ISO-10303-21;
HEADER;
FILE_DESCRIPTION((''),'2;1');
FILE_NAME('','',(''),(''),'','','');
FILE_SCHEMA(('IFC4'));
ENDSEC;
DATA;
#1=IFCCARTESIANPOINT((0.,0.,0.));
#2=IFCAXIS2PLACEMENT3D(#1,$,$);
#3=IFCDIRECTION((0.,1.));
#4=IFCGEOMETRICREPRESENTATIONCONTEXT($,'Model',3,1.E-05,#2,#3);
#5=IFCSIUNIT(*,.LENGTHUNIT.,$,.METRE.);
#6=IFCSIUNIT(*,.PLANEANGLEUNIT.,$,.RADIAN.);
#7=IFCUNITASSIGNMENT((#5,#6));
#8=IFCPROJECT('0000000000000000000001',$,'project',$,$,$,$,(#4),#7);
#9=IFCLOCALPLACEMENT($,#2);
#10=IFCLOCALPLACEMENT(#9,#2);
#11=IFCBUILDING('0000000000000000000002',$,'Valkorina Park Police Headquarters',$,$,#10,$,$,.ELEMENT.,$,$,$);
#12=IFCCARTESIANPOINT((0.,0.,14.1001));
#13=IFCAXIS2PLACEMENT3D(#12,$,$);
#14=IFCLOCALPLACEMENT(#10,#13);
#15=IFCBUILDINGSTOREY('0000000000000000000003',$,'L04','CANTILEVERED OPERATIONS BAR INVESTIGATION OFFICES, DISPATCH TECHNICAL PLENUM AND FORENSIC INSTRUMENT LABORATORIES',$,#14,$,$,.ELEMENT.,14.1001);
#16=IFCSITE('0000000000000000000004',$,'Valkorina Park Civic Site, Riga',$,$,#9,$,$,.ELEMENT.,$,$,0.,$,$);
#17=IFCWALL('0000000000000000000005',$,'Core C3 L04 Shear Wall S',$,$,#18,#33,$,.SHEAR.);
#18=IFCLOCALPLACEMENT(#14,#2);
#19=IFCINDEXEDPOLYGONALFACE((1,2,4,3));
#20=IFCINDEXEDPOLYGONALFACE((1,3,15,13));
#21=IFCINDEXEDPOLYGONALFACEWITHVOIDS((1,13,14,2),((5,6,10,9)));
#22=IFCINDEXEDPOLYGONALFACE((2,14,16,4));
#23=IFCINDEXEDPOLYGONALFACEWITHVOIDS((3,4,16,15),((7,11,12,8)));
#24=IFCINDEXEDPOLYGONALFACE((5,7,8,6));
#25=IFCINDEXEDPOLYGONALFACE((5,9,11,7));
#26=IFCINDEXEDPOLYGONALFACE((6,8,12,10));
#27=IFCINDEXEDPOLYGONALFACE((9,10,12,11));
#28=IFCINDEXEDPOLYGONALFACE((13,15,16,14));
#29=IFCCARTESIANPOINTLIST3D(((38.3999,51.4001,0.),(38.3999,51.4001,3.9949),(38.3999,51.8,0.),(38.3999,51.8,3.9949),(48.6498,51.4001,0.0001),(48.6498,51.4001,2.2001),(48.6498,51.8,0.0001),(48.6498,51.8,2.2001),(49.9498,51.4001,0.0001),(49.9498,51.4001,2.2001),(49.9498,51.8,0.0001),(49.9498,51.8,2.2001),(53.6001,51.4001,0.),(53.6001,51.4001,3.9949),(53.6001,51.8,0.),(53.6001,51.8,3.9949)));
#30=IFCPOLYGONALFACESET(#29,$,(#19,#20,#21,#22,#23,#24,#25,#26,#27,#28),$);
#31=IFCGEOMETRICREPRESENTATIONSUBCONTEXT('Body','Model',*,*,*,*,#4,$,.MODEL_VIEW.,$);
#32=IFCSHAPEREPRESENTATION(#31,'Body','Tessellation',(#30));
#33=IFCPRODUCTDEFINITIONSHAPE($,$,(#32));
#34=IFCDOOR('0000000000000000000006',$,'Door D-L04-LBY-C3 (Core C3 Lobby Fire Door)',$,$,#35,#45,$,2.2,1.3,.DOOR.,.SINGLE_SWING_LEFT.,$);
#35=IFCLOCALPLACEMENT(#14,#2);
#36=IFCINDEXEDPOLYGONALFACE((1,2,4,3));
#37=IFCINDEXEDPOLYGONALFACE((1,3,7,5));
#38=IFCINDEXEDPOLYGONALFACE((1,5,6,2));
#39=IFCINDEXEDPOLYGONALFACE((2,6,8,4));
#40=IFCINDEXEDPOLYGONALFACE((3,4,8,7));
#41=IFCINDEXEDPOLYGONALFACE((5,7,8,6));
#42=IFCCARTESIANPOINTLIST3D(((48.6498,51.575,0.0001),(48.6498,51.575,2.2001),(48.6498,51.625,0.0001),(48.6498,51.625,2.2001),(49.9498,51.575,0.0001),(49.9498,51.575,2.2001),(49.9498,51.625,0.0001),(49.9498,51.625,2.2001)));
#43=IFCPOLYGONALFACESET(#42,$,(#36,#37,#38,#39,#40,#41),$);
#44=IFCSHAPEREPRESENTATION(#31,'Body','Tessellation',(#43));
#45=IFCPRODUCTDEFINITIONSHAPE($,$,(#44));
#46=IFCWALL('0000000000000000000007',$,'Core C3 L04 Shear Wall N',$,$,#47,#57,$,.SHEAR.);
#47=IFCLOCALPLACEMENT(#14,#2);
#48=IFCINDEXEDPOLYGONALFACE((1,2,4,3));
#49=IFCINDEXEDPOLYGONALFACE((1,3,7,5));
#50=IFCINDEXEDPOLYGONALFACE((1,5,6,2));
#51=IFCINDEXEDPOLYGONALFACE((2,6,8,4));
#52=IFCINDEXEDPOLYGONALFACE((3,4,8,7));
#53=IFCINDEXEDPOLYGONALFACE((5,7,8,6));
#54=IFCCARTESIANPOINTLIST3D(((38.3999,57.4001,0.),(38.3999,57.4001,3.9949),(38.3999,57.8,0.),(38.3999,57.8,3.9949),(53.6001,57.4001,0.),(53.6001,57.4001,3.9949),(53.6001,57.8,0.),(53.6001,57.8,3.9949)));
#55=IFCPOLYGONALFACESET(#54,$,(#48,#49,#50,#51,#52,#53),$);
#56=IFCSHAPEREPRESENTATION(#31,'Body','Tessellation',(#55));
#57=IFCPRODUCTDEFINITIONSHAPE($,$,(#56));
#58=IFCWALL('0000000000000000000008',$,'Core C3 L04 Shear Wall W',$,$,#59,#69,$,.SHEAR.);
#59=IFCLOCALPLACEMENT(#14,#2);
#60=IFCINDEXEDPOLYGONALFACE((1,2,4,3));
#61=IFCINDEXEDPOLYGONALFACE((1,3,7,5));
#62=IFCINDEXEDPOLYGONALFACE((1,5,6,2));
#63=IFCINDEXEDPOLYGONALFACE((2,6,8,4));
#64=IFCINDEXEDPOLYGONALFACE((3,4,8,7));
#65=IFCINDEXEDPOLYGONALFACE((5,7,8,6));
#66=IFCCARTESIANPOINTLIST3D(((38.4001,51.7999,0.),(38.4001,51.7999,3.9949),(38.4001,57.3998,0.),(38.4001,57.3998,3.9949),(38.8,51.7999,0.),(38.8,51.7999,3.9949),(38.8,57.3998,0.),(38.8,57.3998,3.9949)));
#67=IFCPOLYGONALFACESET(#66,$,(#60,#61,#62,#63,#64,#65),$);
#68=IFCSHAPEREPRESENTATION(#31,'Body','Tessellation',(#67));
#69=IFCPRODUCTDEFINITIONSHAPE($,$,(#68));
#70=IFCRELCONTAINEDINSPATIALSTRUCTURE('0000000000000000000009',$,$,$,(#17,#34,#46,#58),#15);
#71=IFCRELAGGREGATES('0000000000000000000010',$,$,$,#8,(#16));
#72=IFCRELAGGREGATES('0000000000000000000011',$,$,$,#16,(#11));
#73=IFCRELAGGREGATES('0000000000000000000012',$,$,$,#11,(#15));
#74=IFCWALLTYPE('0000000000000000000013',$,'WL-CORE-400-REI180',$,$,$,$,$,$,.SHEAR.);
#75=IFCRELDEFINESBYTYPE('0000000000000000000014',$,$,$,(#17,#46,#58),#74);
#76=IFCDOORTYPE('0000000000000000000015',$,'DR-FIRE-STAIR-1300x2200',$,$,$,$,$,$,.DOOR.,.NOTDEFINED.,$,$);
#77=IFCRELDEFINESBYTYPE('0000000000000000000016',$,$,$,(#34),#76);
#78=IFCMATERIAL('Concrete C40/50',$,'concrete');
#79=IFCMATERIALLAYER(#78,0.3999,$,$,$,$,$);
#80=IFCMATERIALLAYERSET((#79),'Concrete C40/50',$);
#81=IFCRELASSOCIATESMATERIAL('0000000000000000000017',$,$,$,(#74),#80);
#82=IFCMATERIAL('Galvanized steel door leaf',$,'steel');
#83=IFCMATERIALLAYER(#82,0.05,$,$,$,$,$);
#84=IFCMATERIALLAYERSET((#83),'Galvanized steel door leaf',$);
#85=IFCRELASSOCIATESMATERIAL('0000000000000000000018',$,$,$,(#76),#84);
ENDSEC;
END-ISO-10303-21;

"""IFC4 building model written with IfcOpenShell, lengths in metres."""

from ifc_helpers import new_model, si_unit, direction, frame, frame_2d, origin, place, context, subcontext, project, spatial, rectangle, extrude, material, layer, layer_set, type_object, element, fill, save


model = new_model("IFC4")

# Units and contexts
model_context = context("Model", 3, precision=1e-05, world=origin(), true_north=direction((0.0, 1.0)))
body_context = subcontext(model_context, "Body", "Model", "MODEL_VIEW")
ifc_project = project(units=[si_unit("LENGTHUNIT", "METRE"), si_unit("PLANEANGLEUNIT", "RADIAN")], contexts=[model_context])

# Site, building, storey
site_placement = place(None, origin())
site = spatial("IfcSite", under=ifc_project, at=site_placement, Name="Valkorina Park Civic Site, Riga", CompositionType="ELEMENT", RefElevation=0.0)
building_placement = place(site_placement, origin())
building = spatial("IfcBuilding", under=site, at=building_placement, Name="Valkorina Park Police Headquarters", CompositionType="ELEMENT")
storey_placement = place(building_placement, frame((0.0, 0.0, 14.1001)))
storey = spatial("IfcBuildingStorey", under=building, at=storey_placement, Name="L04", Description="CANTILEVERED OPERATIONS BAR INVESTIGATION OFFICES, DISPATCH TECHNICAL PLENUM AND FORENSIC INSTRUMENT LABORATORIES", CompositionType="ELEMENT", Elevation=14.1001)

# Wall, opening, door
ifc_material_1 = material(Name="Concrete C40/50", Category="concrete")
ifc_layer_1 = layer(ifc_material_1, 0.3999)
ifc_layer_set_1 = layer_set([ifc_layer_1], Name="Concrete C40/50")
wall_type = type_object("IfcWallType", Name="WL-CORE-400-REI180", PredefinedType="SHEAR", material=ifc_layer_set_1)
wall_1_placement = place(storey_placement, frame((38.3999, 51.6001, 0.0), z_axis=(0.0, 0.0, 1.0), x_axis=(1.0, 0.0, 0.0)))
wall_1 = element("IfcWall", 1, at=wall_1_placement, inside=storey, type_object=wall_type, Name="Core C3 L04 Shear Wall S", PredefinedType="SHEAR", context=body_context, shape_type="SweptSolid", body=[
    extrude(rectangle(XDim=15.2002, YDim=0.3999, at=frame_2d((7.6001, 0.0))), origin(), (0.0, 0.0, 1.0), 3.9949),
])
opening_placement = place(wall_1_placement, frame((10.25, 0.0, 0.0)))
opening = element("IfcOpeningElement", 2, at=opening_placement, cuts=wall_1, PredefinedType="OPENING", context=body_context, shape_type="SweptSolid", body=[
    extrude(rectangle(XDim=1.3, YDim=2.2, at=frame_2d((0.6499, 1.1001))), frame((0.0, 0.21, 0.0), z_axis=(0.0, -1.0, 0.0), x_axis=(1.0, 0.0, 0.0)), (0.0, 0.0, 1.0), 0.4199),
])
ifc_material_2 = material(Name="Galvanized steel door leaf", Category="steel")
ifc_layer_2 = layer(ifc_material_2, 0.05)
ifc_layer_set_2 = layer_set([ifc_layer_2], Name="Galvanized steel door leaf")
door_type = type_object("IfcDoorType", Name="DR-FIRE-STAIR-1300x2200", OperationType="NOTDEFINED", PredefinedType="DOOR", material=ifc_layer_set_2)
door_placement = place(opening_placement, origin())
door = element("IfcDoor", 3, at=door_placement, inside=storey, type_object=door_type, Name="Door D-L04-LBY-C3 (Core C3 Lobby Fire Door)", OperationType="SINGLE_SWING_LEFT", OverallHeight=2.2, OverallWidth=1.3, PredefinedType="DOOR", context=body_context, shape_type="SweptSolid", body=[
    extrude(rectangle(XDim=1.3, YDim=2.2, at=frame_2d((0.6499, 1.1001))), frame((0.0, 0.0249, 0.0), z_axis=(0.0, -1.0, 0.0), x_axis=(1.0, 0.0, 0.0)), (0.0, 0.0, 1.0), 0.05),
])
fill(opening, door)

# Walls
wall_2_placement = place(storey_placement, frame((38.3999, 57.6001, 0.0), z_axis=(0.0, 0.0, 1.0), x_axis=(1.0, 0.0, 0.0)))
element("IfcWall", 4, at=wall_2_placement, inside=storey, type_object=wall_type, Name="Core C3 L04 Shear Wall N", PredefinedType="SHEAR", context=body_context, shape_type="SweptSolid", body=[
    extrude(rectangle(XDim=15.2002, YDim=0.3999, at=frame_2d((7.6001, 0.0))), origin(), (0.0, 0.0, 1.0), 3.9949),
])
wall_3_placement = place(storey_placement, frame((38.6001, 51.8, 0.0), z_axis=(0.0, 0.0, 1.0), x_axis=(0.0, 1.0, 0.0)))
element("IfcWall", 5, at=wall_3_placement, inside=storey, type_object=wall_type, Name="Core C3 L04 Shear Wall W", PredefinedType="SHEAR", context=body_context, shape_type="SweptSolid", body=[
    extrude(rectangle(XDim=5.5999, YDim=0.3999, at=frame_2d((2.7998, 0.0))), origin(), (0.0, 0.0, 1.0), 3.9949),
])

save(model, "model.ifc")
